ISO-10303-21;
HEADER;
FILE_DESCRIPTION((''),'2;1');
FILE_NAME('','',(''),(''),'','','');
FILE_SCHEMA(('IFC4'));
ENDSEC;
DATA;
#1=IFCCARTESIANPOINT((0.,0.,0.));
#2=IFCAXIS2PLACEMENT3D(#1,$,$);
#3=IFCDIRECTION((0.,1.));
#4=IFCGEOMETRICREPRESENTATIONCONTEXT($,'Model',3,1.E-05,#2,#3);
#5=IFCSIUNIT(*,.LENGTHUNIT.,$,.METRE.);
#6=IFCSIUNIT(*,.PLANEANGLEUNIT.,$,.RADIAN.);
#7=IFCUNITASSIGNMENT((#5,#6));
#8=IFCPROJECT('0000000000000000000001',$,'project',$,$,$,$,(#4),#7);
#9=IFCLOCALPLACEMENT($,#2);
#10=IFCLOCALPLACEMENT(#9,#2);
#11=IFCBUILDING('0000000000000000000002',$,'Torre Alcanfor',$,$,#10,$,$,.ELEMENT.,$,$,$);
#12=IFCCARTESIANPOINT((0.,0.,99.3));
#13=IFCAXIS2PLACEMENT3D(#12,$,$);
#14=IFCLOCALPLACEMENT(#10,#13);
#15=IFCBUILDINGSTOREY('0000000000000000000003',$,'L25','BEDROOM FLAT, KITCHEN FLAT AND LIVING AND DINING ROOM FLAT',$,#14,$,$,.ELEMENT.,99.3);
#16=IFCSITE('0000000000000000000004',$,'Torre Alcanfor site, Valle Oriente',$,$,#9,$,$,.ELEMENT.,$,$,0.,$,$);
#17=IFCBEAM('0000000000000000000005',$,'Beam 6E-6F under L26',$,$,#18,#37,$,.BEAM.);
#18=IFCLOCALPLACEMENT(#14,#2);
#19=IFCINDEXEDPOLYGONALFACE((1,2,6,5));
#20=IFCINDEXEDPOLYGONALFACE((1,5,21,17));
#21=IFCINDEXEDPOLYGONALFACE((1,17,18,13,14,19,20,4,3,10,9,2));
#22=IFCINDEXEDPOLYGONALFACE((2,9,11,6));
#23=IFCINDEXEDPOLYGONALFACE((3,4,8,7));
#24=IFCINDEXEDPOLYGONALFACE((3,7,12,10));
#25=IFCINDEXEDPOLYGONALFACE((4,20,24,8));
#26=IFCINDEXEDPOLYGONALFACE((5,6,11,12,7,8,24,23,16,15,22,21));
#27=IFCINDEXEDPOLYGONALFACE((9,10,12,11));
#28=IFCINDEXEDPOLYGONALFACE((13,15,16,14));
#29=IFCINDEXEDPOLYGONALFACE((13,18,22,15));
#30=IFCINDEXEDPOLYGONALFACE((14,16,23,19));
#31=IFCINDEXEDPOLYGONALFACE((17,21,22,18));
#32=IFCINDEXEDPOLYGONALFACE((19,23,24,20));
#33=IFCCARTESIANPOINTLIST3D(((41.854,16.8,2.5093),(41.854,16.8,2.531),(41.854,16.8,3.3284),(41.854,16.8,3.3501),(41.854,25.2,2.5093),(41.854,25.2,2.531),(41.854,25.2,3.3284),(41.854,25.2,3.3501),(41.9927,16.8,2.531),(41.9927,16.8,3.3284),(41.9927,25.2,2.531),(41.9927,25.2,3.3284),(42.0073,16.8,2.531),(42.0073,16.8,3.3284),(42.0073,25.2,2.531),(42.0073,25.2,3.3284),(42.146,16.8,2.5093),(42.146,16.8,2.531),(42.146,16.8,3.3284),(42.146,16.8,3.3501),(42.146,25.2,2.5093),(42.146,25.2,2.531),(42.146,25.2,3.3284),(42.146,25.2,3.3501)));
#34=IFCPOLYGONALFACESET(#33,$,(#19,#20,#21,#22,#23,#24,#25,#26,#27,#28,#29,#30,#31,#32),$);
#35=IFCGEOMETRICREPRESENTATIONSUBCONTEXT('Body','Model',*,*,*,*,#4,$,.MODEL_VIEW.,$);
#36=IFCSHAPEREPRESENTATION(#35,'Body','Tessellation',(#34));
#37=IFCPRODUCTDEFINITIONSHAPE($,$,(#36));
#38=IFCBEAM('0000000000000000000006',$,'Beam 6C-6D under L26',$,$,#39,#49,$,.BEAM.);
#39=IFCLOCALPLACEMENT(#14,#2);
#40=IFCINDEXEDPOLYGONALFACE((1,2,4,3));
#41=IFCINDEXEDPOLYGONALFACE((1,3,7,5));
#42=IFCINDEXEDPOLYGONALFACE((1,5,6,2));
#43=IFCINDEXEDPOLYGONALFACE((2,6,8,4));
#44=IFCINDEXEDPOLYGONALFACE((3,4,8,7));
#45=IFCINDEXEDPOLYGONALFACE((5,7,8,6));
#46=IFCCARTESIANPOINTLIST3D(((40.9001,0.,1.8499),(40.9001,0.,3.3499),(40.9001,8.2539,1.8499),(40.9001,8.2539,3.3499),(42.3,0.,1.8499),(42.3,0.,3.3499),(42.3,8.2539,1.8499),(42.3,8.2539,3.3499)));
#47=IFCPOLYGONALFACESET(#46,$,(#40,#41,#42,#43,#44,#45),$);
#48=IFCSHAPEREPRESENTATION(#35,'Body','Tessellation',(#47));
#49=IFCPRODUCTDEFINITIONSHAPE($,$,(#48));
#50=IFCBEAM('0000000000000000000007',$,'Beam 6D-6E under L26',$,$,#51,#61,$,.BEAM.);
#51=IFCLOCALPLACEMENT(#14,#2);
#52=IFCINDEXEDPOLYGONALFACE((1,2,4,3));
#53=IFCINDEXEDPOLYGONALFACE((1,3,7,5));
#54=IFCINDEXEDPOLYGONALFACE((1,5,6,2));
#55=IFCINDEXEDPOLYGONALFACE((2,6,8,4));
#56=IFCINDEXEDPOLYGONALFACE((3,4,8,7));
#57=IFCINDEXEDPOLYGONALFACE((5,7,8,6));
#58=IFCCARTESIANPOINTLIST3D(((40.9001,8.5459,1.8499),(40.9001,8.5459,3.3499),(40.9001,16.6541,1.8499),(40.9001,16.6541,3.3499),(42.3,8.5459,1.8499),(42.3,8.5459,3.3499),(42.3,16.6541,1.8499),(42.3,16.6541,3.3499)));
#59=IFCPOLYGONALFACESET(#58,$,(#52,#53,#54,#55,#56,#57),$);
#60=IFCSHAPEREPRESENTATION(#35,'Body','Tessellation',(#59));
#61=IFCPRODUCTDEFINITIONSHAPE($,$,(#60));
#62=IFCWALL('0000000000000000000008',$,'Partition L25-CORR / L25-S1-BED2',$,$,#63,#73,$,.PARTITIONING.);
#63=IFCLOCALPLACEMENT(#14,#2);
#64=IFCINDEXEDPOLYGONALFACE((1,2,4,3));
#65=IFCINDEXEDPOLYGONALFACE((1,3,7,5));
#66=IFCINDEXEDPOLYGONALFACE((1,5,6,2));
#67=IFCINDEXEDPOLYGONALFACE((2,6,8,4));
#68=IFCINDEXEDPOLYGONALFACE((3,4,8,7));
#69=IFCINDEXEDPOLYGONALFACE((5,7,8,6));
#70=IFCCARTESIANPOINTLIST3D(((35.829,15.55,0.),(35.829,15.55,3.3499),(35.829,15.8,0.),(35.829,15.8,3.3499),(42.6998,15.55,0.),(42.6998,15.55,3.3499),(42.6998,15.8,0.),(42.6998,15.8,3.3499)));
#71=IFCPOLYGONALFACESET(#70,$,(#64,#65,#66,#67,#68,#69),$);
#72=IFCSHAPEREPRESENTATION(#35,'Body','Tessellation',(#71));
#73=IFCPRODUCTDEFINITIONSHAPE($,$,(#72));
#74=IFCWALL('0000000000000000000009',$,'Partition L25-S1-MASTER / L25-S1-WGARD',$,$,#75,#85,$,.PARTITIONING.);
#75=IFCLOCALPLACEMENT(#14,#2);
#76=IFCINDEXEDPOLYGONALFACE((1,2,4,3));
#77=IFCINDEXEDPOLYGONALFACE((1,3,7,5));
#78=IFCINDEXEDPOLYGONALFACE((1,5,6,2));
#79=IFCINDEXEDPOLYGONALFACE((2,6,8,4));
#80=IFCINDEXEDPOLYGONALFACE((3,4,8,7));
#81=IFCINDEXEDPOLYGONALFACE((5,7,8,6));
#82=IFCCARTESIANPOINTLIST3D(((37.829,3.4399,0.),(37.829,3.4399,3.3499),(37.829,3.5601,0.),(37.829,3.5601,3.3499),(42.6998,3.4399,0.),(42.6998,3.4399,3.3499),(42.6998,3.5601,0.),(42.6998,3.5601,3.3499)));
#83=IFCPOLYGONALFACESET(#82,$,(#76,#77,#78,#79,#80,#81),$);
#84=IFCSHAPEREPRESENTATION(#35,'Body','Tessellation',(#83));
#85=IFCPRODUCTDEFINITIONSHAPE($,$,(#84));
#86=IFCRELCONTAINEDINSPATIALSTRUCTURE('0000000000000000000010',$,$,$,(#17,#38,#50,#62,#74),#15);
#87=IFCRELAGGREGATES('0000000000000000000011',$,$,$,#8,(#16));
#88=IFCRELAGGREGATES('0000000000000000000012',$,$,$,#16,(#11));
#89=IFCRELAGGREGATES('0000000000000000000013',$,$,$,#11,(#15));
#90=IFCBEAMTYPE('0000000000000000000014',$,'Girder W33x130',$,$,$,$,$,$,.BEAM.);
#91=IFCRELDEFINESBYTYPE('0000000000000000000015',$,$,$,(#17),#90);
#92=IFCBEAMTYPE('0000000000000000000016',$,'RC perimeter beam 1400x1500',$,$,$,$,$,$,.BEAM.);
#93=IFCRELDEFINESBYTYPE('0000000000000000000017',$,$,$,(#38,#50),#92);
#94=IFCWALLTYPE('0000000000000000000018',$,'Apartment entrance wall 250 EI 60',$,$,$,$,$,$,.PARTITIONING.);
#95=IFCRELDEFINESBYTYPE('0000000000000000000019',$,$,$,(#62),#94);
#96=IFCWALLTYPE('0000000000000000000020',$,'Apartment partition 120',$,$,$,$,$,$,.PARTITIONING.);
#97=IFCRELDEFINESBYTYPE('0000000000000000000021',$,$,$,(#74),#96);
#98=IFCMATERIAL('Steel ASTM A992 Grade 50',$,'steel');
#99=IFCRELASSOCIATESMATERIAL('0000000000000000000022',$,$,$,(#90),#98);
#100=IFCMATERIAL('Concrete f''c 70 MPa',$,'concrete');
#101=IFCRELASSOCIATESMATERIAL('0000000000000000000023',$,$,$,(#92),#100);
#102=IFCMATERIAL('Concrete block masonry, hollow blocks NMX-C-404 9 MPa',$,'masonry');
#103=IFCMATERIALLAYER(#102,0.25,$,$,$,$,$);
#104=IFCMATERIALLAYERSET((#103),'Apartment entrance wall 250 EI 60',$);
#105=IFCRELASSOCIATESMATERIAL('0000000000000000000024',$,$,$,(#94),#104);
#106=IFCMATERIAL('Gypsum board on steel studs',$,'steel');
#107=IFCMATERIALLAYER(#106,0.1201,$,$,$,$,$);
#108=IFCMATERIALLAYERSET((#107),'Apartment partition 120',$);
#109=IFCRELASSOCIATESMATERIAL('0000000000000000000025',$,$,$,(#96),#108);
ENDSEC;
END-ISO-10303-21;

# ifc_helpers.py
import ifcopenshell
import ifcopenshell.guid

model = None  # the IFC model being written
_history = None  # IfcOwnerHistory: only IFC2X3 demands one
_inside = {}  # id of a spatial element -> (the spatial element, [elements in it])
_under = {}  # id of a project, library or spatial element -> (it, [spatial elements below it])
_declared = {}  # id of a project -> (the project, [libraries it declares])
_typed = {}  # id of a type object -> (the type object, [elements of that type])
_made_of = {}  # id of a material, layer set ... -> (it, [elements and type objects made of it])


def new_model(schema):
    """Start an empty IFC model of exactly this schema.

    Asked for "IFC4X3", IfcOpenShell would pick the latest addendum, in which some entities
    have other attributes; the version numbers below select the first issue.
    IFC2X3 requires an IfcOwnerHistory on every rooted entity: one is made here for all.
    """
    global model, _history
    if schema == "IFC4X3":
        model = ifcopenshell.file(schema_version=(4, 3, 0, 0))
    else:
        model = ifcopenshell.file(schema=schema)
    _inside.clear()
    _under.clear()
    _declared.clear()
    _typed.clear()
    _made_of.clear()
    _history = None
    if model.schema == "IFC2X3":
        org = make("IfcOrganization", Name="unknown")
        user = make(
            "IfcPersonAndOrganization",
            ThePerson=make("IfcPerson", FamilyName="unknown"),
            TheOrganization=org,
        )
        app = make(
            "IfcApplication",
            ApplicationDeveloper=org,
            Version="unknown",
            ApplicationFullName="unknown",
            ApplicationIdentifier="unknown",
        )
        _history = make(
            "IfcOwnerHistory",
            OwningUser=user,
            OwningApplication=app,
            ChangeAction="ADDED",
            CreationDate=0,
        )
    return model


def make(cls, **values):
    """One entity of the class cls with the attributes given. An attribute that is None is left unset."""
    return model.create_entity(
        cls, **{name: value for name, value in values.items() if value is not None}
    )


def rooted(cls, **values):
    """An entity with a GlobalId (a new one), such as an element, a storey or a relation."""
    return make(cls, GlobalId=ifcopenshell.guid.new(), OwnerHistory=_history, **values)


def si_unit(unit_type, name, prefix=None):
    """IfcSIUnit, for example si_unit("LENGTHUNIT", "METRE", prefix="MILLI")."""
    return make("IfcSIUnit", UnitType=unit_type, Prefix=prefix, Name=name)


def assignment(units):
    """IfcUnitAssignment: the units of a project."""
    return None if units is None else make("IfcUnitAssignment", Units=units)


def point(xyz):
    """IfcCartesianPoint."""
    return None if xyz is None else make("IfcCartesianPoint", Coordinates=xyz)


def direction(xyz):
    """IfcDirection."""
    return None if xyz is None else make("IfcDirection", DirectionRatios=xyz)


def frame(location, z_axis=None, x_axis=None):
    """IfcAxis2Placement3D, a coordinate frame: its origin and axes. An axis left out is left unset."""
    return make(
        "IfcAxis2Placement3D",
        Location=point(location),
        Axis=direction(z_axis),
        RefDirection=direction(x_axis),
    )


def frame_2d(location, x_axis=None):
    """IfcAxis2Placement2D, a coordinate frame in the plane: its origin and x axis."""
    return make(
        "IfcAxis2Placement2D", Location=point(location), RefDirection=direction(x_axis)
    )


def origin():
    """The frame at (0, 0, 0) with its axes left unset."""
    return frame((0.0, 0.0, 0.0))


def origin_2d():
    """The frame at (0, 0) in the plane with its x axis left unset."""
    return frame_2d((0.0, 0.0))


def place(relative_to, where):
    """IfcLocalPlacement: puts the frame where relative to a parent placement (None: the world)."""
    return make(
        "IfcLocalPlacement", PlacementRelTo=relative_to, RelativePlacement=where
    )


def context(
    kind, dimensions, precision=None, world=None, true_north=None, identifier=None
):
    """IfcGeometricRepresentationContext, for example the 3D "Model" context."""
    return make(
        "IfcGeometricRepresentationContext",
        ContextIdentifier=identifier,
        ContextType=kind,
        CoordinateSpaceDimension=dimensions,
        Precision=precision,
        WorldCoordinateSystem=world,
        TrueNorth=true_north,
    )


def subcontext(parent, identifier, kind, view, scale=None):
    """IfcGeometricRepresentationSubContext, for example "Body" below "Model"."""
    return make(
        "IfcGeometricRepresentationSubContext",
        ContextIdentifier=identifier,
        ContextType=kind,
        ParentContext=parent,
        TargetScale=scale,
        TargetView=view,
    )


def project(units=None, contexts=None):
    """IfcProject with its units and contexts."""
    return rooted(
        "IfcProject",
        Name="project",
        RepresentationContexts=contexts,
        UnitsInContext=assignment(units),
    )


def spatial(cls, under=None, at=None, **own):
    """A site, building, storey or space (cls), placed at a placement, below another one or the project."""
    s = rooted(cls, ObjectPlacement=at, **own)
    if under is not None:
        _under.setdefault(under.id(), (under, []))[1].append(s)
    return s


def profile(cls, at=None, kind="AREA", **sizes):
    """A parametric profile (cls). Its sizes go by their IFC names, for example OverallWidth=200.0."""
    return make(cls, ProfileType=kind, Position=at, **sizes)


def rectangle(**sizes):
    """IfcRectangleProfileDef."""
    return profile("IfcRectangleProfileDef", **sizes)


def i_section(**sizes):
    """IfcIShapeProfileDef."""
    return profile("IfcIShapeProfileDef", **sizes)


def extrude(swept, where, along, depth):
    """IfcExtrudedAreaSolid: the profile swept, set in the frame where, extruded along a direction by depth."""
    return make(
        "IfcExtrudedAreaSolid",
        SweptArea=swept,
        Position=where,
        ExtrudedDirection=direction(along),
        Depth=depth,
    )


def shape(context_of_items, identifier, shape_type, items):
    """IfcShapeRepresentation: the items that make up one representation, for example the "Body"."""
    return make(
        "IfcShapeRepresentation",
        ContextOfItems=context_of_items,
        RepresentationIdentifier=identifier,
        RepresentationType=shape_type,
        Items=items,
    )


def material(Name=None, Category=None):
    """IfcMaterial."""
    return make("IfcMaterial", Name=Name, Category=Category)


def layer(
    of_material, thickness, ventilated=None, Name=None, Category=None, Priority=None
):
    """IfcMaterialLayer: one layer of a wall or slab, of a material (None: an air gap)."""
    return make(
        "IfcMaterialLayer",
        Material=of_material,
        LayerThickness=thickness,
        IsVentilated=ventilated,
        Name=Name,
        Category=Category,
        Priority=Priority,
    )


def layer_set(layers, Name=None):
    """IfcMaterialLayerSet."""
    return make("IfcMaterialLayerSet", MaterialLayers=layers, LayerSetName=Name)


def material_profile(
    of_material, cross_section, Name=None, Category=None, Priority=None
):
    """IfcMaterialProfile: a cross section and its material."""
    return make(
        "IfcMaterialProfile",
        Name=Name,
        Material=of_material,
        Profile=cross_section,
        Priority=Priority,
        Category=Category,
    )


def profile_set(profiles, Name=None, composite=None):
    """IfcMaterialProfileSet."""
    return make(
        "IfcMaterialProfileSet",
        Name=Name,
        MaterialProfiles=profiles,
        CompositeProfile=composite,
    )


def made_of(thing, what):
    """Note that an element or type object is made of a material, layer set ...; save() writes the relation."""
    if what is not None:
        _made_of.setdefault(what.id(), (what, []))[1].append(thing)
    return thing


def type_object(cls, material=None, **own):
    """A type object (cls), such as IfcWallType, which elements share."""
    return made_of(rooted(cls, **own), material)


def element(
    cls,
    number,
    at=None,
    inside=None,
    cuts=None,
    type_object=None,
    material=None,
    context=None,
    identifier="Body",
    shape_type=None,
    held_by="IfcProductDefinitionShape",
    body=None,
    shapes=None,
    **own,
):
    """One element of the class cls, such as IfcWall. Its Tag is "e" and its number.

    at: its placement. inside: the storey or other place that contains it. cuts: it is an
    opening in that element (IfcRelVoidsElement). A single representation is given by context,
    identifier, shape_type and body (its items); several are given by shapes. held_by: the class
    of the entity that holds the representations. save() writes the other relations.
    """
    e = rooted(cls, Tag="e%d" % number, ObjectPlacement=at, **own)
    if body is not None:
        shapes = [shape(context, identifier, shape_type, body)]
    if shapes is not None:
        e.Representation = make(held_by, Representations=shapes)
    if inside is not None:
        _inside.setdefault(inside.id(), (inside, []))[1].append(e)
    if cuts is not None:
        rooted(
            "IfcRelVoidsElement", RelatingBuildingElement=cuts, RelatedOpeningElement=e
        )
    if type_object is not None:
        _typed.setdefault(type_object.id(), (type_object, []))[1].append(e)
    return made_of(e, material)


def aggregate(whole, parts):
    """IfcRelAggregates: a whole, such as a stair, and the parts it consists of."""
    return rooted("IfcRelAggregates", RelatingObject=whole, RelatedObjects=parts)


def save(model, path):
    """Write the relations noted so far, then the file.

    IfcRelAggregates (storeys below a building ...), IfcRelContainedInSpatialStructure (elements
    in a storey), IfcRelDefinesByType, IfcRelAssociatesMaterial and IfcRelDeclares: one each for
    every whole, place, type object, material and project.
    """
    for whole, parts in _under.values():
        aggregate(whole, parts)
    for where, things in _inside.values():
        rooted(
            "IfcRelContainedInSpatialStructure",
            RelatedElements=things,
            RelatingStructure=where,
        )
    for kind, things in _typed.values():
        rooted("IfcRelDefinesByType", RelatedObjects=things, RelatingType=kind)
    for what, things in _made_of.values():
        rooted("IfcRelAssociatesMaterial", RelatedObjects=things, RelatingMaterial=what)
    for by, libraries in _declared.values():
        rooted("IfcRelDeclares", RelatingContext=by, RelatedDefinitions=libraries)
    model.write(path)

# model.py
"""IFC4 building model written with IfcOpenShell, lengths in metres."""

from ifc_helpers import new_model, si_unit, direction, frame, frame_2d, origin, origin_2d, place, context, subcontext, project, spatial, rectangle, i_section, extrude, material, layer, layer_set, material_profile, profile_set, type_object, element, save


model = new_model("IFC4")

# Units and contexts
model_context = context("Model", 3, precision=1e-05, world=origin(), true_north=direction((0.0, 1.0)))
body_context = subcontext(model_context, "Body", "Model", "MODEL_VIEW")
ifc_project = project(units=[si_unit("LENGTHUNIT", "METRE"), si_unit("PLANEANGLEUNIT", "RADIAN")], contexts=[model_context])

# Site, building, storey
site_placement = place(None, origin())
site = spatial("IfcSite", under=ifc_project, at=site_placement, Name="Torre Alcanfor site, Valle Oriente", CompositionType="ELEMENT", RefElevation=0.0)
building_placement = place(site_placement, origin())
building = spatial("IfcBuilding", under=site, at=building_placement, Name="Torre Alcanfor", CompositionType="ELEMENT")
storey_placement = place(building_placement, frame((0.0, 0.0, 99.3)))
storey = spatial("IfcBuildingStorey", under=building, at=storey_placement, Name="L25", Description="BEDROOM FLAT, KITCHEN FLAT AND LIVING AND DINING ROOM FLAT", CompositionType="ELEMENT", Elevation=99.3)

# Beams
ifc_material_1 = material(Name="Steel ASTM A992 Grade 50", Category="steel")
ifc_material_profile_1 = material_profile(ifc_material_1, i_section(OverallWidth=0.292, OverallDepth=0.8408, WebThickness=0.0146, FlangeThickness=0.0217, at=origin_2d()), Name="W33x130")
ifc_profile_set_1 = profile_set([ifc_material_profile_1], Name="Steel ASTM A992 Grade 50")
beam_type_1 = type_object("IfcBeamType", Name="Girder W33x130", PredefinedType="BEAM", material=ifc_profile_set_1)
beam_1_placement = place(storey_placement, frame((42.0, 16.8, 2.9297), z_axis=(0.0, 1.0, 0.0), x_axis=(-1.0, 0.0, 0.0)))
element("IfcBeam", 1, at=beam_1_placement, inside=storey, type_object=beam_type_1, Name="Beam 6E-6F under L26", PredefinedType="BEAM", context=body_context, shape_type="SweptSolid", body=[
    extrude(i_section(OverallWidth=0.292, OverallDepth=0.8408, WebThickness=0.0146, FlangeThickness=0.0217, at=origin_2d()), origin(), (0.0, 0.0, 1.0), 8.3999),
])
ifc_material_2 = material(Name="Concrete f'c 70 MPa", Category="concrete")
ifc_material_profile_2 = material_profile(ifc_material_2, rectangle(XDim=1.3999, YDim=1.5, at=origin_2d()), Name="1400x1500")
ifc_profile_set_2 = profile_set([ifc_material_profile_2], Name="Concrete f'c 70 MPa")
beam_type_2 = type_object("IfcBeamType", Name="RC perimeter beam 1400x1500", PredefinedType="BEAM", material=ifc_profile_set_2)
beam_2_placement = place(storey_placement, frame((41.6001, 0.0, 2.5999), z_axis=(0.0, 1.0, 0.0), x_axis=(-1.0, 0.0, 0.0)))
element("IfcBeam", 2, at=beam_2_placement, inside=storey, type_object=beam_type_2, Name="Beam 6C-6D under L26", PredefinedType="BEAM", context=body_context, shape_type="SweptSolid", body=[
    extrude(rectangle(XDim=1.3999, YDim=1.5, at=origin_2d()), origin(), (0.0, 0.0, 1.0), 8.2539),
])
beam_3_placement = place(storey_placement, frame((41.6001, 8.5459, 2.5999), z_axis=(0.0, 1.0, 0.0), x_axis=(-1.0, 0.0, 0.0)))
element("IfcBeam", 3, at=beam_3_placement, inside=storey, type_object=beam_type_2, Name="Beam 6D-6E under L26", PredefinedType="BEAM", context=body_context, shape_type="SweptSolid", body=[
    extrude(rectangle(XDim=1.3999, YDim=1.5, at=origin_2d()), origin(), (0.0, 0.0, 1.0), 8.1082),
])

# Walls
ifc_material_3 = material(Name="Concrete block masonry, hollow blocks NMX-C-404 9 MPa", Category="masonry")
ifc_layer_1 = layer(ifc_material_3, 0.25)
ifc_layer_set_1 = layer_set([ifc_layer_1], Name="Apartment entrance wall 250 EI 60")
wall_type_1 = type_object("IfcWallType", Name="Apartment entrance wall 250 EI 60", PredefinedType="PARTITIONING", material=ifc_layer_set_1)
wall_1_placement = place(storey_placement, frame((42.7, 15.675, 0.0), z_axis=(0.0, 0.0, 1.0), x_axis=(-1.0, 0.0, 0.0)))
element("IfcWall", 4, at=wall_1_placement, inside=storey, type_object=wall_type_1, Name="Partition L25-CORR / L25-S1-BED2", PredefinedType="PARTITIONING", context=body_context, shape_type="SweptSolid", body=[
    extrude(rectangle(XDim=6.8708, YDim=0.25, at=frame_2d((3.4355, 0.0))), origin(), (0.0, 0.0, 1.0), 3.3499),
])
ifc_material_4 = material(Name="Gypsum board on steel studs", Category="steel")
ifc_layer_2 = layer(ifc_material_4, 0.1201)
ifc_layer_set_2 = layer_set([ifc_layer_2], Name="Apartment partition 120")
wall_type_2 = type_object("IfcWallType", Name="Apartment partition 120", PredefinedType="PARTITIONING", material=ifc_layer_set_2)
wall_2_placement = place(storey_placement, frame((42.7, 3.5, 0.0), z_axis=(0.0, 0.0, 1.0), x_axis=(-1.0, 0.0, 0.0)))
element("IfcWall", 5, at=wall_2_placement, inside=storey, type_object=wall_type_2, Name="Partition L25-S1-MASTER / L25-S1-WGARD", PredefinedType="PARTITIONING", context=body_context, shape_type="SweptSolid", body=[
    extrude(rectangle(XDim=4.8708, YDim=0.1201, at=frame_2d((2.4355, 0.0))), origin(), (0.0, 0.0, 1.0), 3.3499),
])

save(model, "model.ifc")
